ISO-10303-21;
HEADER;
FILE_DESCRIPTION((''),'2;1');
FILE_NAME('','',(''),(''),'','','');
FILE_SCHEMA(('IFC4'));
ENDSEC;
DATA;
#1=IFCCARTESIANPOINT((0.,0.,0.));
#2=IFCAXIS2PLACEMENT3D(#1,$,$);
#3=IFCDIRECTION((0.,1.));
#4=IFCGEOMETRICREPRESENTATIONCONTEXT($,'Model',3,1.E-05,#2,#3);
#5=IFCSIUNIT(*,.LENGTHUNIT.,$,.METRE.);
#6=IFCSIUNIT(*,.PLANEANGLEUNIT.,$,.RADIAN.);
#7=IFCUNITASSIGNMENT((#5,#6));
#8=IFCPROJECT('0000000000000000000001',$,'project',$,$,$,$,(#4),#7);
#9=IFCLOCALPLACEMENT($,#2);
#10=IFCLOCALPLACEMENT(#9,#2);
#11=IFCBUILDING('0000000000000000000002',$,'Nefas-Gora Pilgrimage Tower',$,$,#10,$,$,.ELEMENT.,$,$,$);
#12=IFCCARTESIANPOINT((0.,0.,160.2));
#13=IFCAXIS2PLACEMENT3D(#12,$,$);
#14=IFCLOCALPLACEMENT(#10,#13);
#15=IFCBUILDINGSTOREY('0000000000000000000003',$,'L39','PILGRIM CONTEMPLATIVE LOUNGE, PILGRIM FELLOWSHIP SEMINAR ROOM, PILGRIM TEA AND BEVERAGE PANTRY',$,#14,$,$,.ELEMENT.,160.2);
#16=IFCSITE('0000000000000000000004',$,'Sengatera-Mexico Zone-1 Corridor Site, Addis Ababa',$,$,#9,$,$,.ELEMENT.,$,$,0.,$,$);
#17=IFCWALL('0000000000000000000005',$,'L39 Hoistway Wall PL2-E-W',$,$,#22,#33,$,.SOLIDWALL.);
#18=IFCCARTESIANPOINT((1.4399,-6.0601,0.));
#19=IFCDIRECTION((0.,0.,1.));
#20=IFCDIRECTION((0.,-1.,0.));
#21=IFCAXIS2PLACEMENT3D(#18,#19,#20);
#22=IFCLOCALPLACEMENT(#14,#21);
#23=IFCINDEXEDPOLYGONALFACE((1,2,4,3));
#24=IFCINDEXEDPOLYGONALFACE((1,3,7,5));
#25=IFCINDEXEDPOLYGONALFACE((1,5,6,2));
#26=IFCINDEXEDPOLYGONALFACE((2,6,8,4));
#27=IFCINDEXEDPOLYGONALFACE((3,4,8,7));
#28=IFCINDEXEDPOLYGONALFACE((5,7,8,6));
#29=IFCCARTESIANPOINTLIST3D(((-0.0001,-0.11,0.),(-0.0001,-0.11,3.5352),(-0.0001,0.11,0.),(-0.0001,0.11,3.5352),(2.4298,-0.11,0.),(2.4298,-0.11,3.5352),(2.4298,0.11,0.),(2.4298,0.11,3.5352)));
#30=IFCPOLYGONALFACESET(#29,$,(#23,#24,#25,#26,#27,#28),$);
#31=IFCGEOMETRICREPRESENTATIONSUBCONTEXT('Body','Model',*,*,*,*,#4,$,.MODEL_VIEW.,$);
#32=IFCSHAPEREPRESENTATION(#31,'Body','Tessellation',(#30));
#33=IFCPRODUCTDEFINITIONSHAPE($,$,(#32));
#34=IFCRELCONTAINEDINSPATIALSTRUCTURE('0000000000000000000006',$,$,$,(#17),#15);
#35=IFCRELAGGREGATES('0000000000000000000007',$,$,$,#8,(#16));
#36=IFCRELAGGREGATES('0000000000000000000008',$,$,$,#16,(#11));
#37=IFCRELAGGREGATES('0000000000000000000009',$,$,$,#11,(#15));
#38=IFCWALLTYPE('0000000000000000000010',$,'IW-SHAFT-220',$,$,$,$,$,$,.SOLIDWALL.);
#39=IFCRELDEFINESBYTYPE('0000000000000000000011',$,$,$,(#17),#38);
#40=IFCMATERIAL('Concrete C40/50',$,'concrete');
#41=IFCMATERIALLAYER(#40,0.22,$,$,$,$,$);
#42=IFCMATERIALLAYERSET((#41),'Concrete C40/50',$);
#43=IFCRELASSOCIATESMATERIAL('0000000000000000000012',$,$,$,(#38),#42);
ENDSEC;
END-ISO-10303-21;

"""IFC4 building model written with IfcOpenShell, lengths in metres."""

from ifc_helpers import new_model, si_unit, direction, frame, frame_2d, origin, place, context, subcontext, project, spatial, rectangle, extrude, source, transform, mapped, material, layer, layer_set, type_object, element, save


model = new_model("IFC4")

# Units and contexts
model_context = context("Model", 3, precision=1e-05, world=origin(), true_north=direction((0.0, 1.0)))
body_context = subcontext(model_context, "Body", "Model", "MODEL_VIEW")
ifc_project = project(units=[si_unit("LENGTHUNIT", "METRE"), si_unit("PLANEANGLEUNIT", "RADIAN")], contexts=[model_context])

# Site, building, storey
site_placement = place(None, origin())
site = spatial("IfcSite", under=ifc_project, at=site_placement, Name="Sengatera-Mexico Zone-1 Corridor Site, Addis Ababa", CompositionType="ELEMENT", RefElevation=0.0)
building_placement = place(site_placement, origin())
building = spatial("IfcBuilding", under=site, at=building_placement, Name="Nefas-Gora Pilgrimage Tower", CompositionType="ELEMENT")
storey_placement = place(building_placement, frame((0.0, 0.0, 160.2)))
storey = spatial("IfcBuildingStorey", under=building, at=storey_placement, Name="L39", Description="PILGRIM CONTEMPLATIVE LOUNGE, PILGRIM FELLOWSHIP SEMINAR ROOM, PILGRIM TEA AND BEVERAGE PANTRY", CompositionType="ELEMENT", Elevation=160.2)

# Shared definitions
ifc_material_1 = material(Name="Concrete C40/50", Category="concrete")
ifc_layer_1 = layer(ifc_material_1, 0.22)
ifc_layer_set_1 = layer_set([ifc_layer_1], Name="Concrete C40/50")
wall_type_1 = type_object("IfcWallType", Name="IW-SHAFT-220", PredefinedType="SOLIDWALL", material=ifc_layer_set_1)

# Wall
shared_shape_1 = source(origin(), body_context, "Body", "SweptSolid", [
    extrude(rectangle(XDim=2.4299, YDim=0.22, at=frame_2d((1.2148, 0.0))), origin(), (0.0, 0.0, 1.0), 3.5352),
])
for number, where, z_axis, x_axis, name in (
    (1, (1.4399, -6.0601, 0.0), (0.0, 0.0, 1.0), (0.0, -1.0, 0.0), "L39 Hoistway Wall PL2-E-W"),
):
    element("IfcWall", number, at=place(storey_placement, frame(where, z_axis=z_axis, x_axis=x_axis)), inside=storey, type_object=wall_type_1, Name=name, PredefinedType="SOLIDWALL", context=body_context, shape_type="MappedRepresentation", body=[
        mapped(shared_shape_1, transform((0.0, 0.0, 0.0), x_axis=(1.0, 0.0, 0.0), y_axis=(0.0, 1.0, 0.0), z_axis=(0.0, 0.0, 1.0), scale=1.0)),
    ])

save(model, "model.ifc")
